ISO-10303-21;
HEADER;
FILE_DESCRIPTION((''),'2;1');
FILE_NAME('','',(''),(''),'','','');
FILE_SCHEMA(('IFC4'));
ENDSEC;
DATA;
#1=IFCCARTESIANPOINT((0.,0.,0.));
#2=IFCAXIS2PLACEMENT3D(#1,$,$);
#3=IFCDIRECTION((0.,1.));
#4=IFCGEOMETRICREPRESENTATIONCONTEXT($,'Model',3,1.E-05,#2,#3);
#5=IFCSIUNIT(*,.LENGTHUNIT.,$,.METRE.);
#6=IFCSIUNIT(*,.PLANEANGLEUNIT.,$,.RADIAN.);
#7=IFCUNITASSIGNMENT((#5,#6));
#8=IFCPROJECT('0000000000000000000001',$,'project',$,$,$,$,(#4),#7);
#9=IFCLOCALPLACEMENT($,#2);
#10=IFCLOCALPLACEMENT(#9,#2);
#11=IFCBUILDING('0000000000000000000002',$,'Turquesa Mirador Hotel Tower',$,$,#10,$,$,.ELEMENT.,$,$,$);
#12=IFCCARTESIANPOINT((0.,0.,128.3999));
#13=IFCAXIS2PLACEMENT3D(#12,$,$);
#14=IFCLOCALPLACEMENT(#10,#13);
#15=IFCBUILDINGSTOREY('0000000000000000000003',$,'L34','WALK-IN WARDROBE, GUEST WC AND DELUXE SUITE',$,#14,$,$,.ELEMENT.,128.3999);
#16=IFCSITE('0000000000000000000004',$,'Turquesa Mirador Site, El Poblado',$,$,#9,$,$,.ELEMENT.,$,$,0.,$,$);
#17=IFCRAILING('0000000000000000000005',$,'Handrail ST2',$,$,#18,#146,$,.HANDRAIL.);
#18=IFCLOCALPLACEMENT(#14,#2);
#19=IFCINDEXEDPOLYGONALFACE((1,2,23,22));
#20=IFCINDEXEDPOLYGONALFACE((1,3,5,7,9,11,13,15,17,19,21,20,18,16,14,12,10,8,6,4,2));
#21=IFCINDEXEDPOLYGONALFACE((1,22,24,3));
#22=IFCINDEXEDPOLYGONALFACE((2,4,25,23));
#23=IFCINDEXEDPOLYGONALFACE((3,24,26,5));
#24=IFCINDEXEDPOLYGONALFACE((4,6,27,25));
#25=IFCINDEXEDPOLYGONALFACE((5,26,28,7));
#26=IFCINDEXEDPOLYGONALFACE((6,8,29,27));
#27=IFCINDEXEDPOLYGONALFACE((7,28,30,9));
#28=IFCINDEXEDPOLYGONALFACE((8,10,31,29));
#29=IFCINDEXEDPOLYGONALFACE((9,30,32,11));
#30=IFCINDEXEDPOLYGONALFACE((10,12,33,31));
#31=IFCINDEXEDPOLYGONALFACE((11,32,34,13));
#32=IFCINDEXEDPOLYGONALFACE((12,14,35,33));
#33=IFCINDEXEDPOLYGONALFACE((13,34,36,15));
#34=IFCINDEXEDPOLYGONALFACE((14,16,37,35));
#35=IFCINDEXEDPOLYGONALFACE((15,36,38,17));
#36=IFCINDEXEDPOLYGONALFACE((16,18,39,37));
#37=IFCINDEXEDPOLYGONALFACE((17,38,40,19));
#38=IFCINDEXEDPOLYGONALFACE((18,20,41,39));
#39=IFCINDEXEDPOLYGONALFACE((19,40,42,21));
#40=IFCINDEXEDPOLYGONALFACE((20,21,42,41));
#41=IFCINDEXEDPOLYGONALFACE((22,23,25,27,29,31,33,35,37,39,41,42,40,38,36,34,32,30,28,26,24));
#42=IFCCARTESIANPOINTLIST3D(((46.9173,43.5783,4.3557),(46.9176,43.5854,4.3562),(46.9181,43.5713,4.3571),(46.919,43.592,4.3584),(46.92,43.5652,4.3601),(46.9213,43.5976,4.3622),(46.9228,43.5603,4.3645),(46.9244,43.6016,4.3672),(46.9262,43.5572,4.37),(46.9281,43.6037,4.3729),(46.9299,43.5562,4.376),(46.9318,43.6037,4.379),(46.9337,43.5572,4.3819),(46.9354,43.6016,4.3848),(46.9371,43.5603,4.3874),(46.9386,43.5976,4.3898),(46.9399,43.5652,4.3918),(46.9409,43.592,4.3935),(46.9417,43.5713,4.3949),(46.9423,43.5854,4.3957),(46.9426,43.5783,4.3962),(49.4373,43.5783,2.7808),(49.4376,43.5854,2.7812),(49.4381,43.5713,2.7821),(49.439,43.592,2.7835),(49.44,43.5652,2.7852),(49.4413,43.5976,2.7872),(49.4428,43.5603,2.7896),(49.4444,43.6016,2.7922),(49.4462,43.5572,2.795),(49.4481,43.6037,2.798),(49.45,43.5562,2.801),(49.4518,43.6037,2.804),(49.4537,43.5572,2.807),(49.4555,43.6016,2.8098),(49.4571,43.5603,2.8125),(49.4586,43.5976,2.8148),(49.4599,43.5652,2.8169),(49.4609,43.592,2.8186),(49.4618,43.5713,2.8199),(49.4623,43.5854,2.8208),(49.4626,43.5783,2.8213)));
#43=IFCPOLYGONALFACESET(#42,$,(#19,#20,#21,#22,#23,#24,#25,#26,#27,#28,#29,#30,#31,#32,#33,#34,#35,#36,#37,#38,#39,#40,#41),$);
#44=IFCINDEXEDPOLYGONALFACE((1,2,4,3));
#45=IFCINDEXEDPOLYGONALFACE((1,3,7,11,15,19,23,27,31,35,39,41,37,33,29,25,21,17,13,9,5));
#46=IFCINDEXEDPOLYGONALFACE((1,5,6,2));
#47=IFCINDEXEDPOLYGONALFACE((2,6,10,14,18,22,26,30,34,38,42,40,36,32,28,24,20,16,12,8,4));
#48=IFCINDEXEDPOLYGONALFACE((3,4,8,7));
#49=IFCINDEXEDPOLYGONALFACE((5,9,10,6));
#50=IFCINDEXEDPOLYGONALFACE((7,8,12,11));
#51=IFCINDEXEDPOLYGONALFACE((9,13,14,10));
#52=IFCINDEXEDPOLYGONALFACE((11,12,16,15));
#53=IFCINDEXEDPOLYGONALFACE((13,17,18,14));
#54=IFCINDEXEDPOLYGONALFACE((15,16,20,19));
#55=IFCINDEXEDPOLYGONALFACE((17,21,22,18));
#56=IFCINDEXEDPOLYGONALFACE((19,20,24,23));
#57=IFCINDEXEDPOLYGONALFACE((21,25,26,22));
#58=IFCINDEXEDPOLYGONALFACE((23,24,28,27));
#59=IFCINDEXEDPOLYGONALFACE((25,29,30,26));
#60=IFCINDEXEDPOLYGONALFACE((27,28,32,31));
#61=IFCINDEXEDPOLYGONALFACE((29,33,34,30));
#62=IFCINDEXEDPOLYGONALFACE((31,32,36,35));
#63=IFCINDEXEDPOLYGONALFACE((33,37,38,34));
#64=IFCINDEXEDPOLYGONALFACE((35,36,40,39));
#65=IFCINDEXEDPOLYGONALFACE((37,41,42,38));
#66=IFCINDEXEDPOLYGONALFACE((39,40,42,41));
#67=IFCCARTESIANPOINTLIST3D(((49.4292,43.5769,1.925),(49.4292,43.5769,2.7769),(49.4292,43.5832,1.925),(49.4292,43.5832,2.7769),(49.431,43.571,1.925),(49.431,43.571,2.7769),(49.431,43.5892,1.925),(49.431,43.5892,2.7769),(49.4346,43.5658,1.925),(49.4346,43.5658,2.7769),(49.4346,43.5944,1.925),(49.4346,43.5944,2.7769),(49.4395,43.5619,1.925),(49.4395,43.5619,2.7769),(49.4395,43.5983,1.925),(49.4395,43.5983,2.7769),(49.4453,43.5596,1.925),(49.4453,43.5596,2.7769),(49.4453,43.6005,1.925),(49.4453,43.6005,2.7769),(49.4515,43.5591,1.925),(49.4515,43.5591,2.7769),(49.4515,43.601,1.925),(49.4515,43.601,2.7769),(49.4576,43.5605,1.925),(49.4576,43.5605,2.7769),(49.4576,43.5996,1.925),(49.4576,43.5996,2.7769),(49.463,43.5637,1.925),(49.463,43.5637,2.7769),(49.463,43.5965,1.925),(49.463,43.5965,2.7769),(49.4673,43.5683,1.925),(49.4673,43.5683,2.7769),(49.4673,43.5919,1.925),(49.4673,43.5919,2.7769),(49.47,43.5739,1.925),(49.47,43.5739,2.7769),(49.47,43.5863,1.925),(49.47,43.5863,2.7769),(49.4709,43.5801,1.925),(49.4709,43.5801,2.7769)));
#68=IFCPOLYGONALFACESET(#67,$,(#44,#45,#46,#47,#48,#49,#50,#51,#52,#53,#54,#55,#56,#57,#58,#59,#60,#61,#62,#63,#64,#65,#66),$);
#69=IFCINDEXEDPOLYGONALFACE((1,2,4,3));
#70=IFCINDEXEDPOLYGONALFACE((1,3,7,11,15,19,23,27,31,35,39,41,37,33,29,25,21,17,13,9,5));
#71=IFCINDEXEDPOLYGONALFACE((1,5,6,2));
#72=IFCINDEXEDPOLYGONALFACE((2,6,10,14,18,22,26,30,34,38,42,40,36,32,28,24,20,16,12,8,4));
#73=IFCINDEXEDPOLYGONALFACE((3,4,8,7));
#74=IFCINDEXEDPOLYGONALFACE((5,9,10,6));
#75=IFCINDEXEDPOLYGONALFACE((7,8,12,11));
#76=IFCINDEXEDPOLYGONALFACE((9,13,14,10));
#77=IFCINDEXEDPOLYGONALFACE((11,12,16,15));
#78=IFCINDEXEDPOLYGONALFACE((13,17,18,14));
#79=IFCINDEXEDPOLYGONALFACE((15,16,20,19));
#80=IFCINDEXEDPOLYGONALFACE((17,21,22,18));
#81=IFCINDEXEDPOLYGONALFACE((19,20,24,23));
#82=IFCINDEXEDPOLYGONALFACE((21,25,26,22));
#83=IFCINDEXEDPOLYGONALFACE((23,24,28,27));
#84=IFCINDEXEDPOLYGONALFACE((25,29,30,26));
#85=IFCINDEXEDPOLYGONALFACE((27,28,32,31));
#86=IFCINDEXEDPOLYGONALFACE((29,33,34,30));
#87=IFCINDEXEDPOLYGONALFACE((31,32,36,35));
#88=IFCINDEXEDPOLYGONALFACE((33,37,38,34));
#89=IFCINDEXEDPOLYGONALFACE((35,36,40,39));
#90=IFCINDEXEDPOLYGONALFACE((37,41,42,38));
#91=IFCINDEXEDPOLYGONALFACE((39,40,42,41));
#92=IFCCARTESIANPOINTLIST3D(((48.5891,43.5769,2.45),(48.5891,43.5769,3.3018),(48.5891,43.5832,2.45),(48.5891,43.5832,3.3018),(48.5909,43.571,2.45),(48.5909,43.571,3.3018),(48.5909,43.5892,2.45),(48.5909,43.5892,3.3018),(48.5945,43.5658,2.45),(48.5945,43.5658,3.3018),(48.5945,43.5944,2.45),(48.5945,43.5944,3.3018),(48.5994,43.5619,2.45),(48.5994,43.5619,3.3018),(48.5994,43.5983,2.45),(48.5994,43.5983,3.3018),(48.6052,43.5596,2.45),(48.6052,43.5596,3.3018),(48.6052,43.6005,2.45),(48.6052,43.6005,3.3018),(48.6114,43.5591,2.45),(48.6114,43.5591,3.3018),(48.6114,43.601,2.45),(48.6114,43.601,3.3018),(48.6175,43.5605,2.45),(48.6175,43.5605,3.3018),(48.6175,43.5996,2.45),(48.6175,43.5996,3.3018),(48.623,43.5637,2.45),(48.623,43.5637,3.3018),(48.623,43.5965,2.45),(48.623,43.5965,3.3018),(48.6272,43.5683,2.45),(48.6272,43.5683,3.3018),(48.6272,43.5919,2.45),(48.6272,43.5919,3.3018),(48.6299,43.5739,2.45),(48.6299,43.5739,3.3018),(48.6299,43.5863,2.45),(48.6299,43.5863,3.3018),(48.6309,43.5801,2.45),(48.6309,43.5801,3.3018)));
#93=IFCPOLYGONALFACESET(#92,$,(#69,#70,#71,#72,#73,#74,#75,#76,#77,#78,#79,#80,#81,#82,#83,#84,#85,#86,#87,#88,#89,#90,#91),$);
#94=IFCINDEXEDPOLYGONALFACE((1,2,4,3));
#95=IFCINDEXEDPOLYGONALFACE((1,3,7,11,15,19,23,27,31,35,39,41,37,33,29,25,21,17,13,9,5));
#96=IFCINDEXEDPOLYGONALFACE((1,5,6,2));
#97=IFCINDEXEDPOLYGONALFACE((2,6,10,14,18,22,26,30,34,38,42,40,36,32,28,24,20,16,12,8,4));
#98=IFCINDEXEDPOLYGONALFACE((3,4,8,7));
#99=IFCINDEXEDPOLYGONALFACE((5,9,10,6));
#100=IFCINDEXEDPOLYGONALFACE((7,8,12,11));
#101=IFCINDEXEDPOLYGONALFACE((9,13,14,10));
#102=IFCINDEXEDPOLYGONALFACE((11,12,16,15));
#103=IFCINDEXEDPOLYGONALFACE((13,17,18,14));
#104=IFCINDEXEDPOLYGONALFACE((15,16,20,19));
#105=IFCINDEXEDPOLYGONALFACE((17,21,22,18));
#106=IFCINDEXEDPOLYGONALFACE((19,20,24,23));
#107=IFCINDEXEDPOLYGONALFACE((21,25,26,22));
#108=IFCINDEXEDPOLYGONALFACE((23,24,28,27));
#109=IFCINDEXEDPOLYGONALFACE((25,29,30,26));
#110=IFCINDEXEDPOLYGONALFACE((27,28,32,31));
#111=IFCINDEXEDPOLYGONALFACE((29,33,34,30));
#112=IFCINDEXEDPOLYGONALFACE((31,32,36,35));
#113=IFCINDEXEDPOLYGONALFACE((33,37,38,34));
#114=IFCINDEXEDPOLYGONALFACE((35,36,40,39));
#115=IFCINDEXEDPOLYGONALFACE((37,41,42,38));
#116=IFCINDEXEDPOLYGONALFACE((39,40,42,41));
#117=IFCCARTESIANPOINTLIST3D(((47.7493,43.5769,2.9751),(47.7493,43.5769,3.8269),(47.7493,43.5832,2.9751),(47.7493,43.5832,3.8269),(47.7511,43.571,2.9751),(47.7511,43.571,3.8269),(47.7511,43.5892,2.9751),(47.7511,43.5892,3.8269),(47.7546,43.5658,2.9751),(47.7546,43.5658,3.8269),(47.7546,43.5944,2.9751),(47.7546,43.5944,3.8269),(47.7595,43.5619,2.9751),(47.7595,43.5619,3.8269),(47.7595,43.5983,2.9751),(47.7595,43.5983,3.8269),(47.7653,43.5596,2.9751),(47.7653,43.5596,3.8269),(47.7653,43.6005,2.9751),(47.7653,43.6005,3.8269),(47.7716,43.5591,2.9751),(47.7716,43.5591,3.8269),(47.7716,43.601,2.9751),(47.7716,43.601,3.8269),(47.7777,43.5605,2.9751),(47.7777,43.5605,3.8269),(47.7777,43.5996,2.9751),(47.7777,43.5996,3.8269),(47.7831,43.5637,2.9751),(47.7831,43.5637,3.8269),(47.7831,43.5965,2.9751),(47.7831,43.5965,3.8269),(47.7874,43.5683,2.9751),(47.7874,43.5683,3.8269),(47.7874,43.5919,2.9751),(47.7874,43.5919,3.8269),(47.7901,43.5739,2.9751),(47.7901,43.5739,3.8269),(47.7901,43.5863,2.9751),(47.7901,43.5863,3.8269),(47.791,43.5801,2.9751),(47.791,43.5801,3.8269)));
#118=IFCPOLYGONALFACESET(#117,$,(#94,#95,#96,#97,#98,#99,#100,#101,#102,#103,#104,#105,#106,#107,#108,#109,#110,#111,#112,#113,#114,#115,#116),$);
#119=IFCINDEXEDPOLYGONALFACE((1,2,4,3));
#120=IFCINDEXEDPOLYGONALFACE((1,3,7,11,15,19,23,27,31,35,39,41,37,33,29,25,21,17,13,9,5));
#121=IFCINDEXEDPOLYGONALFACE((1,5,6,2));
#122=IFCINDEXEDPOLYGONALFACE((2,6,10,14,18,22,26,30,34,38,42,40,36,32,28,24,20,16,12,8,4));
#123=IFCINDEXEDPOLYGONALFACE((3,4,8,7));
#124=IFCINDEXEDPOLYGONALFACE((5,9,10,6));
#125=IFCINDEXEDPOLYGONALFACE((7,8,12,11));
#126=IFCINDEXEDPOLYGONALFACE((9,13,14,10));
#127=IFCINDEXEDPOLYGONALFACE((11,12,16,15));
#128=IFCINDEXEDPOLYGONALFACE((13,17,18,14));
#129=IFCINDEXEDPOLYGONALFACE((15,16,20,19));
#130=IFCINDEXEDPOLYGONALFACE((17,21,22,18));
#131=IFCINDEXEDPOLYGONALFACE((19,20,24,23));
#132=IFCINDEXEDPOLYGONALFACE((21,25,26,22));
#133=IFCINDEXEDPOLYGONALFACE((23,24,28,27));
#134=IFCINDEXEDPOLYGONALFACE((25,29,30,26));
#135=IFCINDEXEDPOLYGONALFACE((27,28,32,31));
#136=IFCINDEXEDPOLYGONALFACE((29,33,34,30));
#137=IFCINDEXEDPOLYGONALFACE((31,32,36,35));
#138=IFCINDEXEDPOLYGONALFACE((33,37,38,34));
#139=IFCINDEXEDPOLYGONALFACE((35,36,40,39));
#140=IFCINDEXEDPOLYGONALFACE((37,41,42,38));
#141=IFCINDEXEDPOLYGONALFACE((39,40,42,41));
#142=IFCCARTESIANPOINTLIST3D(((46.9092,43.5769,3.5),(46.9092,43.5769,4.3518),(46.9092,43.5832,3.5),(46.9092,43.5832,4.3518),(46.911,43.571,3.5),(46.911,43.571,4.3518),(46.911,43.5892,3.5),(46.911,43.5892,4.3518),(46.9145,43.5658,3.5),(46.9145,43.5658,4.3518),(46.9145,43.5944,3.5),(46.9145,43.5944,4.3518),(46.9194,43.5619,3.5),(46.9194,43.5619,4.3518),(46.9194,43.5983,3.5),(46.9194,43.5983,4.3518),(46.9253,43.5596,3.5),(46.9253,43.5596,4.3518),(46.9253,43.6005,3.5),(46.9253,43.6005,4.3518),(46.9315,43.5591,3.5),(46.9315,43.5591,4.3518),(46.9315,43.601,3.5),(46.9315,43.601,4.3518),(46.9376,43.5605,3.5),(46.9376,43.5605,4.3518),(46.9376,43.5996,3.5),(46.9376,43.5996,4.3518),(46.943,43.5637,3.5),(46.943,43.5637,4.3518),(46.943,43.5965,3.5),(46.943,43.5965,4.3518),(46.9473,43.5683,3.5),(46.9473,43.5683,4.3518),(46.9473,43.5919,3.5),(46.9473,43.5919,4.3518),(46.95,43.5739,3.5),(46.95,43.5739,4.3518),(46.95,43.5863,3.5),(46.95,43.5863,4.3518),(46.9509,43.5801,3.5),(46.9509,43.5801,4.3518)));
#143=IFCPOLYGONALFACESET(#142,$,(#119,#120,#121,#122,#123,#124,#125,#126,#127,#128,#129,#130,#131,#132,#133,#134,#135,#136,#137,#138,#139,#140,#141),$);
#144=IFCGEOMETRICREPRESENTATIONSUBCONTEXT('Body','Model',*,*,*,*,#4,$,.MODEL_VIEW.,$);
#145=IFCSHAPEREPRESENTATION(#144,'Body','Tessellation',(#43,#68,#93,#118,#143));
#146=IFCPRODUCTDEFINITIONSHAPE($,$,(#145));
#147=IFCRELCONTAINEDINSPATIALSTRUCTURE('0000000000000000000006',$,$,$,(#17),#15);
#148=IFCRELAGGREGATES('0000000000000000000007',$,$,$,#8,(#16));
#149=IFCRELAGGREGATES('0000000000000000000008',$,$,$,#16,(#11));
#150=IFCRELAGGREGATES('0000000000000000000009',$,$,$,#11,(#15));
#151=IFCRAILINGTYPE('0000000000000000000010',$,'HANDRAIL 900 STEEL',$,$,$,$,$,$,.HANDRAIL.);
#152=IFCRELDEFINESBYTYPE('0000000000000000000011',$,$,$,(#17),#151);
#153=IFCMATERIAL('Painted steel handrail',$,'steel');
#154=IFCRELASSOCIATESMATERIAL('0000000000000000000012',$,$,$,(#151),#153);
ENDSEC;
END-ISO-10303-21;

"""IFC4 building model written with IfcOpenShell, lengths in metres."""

from ifc_helpers import new_model, si_unit, direction, frame, origin, origin_2d, place, context, subcontext, project, spatial, circle, extrude, material, type_object, element, save


model = new_model("IFC4")

# Units and contexts
model_context = context("Model", 3, precision=1e-05, world=origin(), true_north=direction((0.0, 1.0)))
body_context = subcontext(model_context, "Body", "Model", "MODEL_VIEW")
ifc_project = project(units=[si_unit("LENGTHUNIT", "METRE"), si_unit("PLANEANGLEUNIT", "RADIAN")], contexts=[model_context])

# Site, building, storey
site_placement = place(None, origin())
site = spatial("IfcSite", under=ifc_project, at=site_placement, Name="Turquesa Mirador Site, El Poblado", CompositionType="ELEMENT", RefElevation=0.0)
building_placement = place(site_placement, origin())
building = spatial("IfcBuilding", under=site, at=building_placement, Name="Turquesa Mirador Hotel Tower", CompositionType="ELEMENT")
storey_placement = place(building_placement, frame((0.0, 0.0, 128.3999)))
storey = spatial("IfcBuildingStorey", under=building, at=storey_placement, Name="L34", Description="WALK-IN WARDROBE, GUEST WC AND DELUXE SUITE", CompositionType="ELEMENT", Elevation=128.3999)

# Railing
ifc_material_1 = material(Name="Painted steel handrail", Category="steel")
railing_type = type_object("IfcRailingType", Name="HANDRAIL 900 STEEL", PredefinedType="HANDRAIL", material=ifc_material_1)
railing_1_placement = place(storey_placement, frame((49.45, 43.5801, 1.925)))
element("IfcRailing", 1, at=railing_1_placement, inside=storey, type_object=railing_type, Name="Handrail ST2", PredefinedType="HANDRAIL", context=body_context, shape_type="SweptSolid", body=[
    extrude(circle(Radius=0.0239, at=origin_2d()), frame((0.0, 0.0, 0.876), z_axis=(-0.848008, 0.0, 0.529984), x_axis=(0.0, -1.0, 0.0)), (0.0, 0.0, 1.0), 2.9717),
    extrude(circle(Radius=0.021, at=origin_2d()), origin(), (0.0, 0.0, 1.0), 0.8518),
    extrude(circle(Radius=0.021, at=origin_2d()), frame((-0.8401, 0.0, 0.5249)), (0.0, 0.0, 1.0), 0.8518),
    extrude(circle(Radius=0.021, at=origin_2d()), frame((-1.6799, 0.0, 1.05)), (0.0, 0.0, 1.0), 0.8518),
    extrude(circle(Radius=0.021, at=origin_2d()), frame((-2.52, 0.0, 1.575)), (0.0, 0.0, 1.0), 0.8518),
])

save(model, "model.ifc")
